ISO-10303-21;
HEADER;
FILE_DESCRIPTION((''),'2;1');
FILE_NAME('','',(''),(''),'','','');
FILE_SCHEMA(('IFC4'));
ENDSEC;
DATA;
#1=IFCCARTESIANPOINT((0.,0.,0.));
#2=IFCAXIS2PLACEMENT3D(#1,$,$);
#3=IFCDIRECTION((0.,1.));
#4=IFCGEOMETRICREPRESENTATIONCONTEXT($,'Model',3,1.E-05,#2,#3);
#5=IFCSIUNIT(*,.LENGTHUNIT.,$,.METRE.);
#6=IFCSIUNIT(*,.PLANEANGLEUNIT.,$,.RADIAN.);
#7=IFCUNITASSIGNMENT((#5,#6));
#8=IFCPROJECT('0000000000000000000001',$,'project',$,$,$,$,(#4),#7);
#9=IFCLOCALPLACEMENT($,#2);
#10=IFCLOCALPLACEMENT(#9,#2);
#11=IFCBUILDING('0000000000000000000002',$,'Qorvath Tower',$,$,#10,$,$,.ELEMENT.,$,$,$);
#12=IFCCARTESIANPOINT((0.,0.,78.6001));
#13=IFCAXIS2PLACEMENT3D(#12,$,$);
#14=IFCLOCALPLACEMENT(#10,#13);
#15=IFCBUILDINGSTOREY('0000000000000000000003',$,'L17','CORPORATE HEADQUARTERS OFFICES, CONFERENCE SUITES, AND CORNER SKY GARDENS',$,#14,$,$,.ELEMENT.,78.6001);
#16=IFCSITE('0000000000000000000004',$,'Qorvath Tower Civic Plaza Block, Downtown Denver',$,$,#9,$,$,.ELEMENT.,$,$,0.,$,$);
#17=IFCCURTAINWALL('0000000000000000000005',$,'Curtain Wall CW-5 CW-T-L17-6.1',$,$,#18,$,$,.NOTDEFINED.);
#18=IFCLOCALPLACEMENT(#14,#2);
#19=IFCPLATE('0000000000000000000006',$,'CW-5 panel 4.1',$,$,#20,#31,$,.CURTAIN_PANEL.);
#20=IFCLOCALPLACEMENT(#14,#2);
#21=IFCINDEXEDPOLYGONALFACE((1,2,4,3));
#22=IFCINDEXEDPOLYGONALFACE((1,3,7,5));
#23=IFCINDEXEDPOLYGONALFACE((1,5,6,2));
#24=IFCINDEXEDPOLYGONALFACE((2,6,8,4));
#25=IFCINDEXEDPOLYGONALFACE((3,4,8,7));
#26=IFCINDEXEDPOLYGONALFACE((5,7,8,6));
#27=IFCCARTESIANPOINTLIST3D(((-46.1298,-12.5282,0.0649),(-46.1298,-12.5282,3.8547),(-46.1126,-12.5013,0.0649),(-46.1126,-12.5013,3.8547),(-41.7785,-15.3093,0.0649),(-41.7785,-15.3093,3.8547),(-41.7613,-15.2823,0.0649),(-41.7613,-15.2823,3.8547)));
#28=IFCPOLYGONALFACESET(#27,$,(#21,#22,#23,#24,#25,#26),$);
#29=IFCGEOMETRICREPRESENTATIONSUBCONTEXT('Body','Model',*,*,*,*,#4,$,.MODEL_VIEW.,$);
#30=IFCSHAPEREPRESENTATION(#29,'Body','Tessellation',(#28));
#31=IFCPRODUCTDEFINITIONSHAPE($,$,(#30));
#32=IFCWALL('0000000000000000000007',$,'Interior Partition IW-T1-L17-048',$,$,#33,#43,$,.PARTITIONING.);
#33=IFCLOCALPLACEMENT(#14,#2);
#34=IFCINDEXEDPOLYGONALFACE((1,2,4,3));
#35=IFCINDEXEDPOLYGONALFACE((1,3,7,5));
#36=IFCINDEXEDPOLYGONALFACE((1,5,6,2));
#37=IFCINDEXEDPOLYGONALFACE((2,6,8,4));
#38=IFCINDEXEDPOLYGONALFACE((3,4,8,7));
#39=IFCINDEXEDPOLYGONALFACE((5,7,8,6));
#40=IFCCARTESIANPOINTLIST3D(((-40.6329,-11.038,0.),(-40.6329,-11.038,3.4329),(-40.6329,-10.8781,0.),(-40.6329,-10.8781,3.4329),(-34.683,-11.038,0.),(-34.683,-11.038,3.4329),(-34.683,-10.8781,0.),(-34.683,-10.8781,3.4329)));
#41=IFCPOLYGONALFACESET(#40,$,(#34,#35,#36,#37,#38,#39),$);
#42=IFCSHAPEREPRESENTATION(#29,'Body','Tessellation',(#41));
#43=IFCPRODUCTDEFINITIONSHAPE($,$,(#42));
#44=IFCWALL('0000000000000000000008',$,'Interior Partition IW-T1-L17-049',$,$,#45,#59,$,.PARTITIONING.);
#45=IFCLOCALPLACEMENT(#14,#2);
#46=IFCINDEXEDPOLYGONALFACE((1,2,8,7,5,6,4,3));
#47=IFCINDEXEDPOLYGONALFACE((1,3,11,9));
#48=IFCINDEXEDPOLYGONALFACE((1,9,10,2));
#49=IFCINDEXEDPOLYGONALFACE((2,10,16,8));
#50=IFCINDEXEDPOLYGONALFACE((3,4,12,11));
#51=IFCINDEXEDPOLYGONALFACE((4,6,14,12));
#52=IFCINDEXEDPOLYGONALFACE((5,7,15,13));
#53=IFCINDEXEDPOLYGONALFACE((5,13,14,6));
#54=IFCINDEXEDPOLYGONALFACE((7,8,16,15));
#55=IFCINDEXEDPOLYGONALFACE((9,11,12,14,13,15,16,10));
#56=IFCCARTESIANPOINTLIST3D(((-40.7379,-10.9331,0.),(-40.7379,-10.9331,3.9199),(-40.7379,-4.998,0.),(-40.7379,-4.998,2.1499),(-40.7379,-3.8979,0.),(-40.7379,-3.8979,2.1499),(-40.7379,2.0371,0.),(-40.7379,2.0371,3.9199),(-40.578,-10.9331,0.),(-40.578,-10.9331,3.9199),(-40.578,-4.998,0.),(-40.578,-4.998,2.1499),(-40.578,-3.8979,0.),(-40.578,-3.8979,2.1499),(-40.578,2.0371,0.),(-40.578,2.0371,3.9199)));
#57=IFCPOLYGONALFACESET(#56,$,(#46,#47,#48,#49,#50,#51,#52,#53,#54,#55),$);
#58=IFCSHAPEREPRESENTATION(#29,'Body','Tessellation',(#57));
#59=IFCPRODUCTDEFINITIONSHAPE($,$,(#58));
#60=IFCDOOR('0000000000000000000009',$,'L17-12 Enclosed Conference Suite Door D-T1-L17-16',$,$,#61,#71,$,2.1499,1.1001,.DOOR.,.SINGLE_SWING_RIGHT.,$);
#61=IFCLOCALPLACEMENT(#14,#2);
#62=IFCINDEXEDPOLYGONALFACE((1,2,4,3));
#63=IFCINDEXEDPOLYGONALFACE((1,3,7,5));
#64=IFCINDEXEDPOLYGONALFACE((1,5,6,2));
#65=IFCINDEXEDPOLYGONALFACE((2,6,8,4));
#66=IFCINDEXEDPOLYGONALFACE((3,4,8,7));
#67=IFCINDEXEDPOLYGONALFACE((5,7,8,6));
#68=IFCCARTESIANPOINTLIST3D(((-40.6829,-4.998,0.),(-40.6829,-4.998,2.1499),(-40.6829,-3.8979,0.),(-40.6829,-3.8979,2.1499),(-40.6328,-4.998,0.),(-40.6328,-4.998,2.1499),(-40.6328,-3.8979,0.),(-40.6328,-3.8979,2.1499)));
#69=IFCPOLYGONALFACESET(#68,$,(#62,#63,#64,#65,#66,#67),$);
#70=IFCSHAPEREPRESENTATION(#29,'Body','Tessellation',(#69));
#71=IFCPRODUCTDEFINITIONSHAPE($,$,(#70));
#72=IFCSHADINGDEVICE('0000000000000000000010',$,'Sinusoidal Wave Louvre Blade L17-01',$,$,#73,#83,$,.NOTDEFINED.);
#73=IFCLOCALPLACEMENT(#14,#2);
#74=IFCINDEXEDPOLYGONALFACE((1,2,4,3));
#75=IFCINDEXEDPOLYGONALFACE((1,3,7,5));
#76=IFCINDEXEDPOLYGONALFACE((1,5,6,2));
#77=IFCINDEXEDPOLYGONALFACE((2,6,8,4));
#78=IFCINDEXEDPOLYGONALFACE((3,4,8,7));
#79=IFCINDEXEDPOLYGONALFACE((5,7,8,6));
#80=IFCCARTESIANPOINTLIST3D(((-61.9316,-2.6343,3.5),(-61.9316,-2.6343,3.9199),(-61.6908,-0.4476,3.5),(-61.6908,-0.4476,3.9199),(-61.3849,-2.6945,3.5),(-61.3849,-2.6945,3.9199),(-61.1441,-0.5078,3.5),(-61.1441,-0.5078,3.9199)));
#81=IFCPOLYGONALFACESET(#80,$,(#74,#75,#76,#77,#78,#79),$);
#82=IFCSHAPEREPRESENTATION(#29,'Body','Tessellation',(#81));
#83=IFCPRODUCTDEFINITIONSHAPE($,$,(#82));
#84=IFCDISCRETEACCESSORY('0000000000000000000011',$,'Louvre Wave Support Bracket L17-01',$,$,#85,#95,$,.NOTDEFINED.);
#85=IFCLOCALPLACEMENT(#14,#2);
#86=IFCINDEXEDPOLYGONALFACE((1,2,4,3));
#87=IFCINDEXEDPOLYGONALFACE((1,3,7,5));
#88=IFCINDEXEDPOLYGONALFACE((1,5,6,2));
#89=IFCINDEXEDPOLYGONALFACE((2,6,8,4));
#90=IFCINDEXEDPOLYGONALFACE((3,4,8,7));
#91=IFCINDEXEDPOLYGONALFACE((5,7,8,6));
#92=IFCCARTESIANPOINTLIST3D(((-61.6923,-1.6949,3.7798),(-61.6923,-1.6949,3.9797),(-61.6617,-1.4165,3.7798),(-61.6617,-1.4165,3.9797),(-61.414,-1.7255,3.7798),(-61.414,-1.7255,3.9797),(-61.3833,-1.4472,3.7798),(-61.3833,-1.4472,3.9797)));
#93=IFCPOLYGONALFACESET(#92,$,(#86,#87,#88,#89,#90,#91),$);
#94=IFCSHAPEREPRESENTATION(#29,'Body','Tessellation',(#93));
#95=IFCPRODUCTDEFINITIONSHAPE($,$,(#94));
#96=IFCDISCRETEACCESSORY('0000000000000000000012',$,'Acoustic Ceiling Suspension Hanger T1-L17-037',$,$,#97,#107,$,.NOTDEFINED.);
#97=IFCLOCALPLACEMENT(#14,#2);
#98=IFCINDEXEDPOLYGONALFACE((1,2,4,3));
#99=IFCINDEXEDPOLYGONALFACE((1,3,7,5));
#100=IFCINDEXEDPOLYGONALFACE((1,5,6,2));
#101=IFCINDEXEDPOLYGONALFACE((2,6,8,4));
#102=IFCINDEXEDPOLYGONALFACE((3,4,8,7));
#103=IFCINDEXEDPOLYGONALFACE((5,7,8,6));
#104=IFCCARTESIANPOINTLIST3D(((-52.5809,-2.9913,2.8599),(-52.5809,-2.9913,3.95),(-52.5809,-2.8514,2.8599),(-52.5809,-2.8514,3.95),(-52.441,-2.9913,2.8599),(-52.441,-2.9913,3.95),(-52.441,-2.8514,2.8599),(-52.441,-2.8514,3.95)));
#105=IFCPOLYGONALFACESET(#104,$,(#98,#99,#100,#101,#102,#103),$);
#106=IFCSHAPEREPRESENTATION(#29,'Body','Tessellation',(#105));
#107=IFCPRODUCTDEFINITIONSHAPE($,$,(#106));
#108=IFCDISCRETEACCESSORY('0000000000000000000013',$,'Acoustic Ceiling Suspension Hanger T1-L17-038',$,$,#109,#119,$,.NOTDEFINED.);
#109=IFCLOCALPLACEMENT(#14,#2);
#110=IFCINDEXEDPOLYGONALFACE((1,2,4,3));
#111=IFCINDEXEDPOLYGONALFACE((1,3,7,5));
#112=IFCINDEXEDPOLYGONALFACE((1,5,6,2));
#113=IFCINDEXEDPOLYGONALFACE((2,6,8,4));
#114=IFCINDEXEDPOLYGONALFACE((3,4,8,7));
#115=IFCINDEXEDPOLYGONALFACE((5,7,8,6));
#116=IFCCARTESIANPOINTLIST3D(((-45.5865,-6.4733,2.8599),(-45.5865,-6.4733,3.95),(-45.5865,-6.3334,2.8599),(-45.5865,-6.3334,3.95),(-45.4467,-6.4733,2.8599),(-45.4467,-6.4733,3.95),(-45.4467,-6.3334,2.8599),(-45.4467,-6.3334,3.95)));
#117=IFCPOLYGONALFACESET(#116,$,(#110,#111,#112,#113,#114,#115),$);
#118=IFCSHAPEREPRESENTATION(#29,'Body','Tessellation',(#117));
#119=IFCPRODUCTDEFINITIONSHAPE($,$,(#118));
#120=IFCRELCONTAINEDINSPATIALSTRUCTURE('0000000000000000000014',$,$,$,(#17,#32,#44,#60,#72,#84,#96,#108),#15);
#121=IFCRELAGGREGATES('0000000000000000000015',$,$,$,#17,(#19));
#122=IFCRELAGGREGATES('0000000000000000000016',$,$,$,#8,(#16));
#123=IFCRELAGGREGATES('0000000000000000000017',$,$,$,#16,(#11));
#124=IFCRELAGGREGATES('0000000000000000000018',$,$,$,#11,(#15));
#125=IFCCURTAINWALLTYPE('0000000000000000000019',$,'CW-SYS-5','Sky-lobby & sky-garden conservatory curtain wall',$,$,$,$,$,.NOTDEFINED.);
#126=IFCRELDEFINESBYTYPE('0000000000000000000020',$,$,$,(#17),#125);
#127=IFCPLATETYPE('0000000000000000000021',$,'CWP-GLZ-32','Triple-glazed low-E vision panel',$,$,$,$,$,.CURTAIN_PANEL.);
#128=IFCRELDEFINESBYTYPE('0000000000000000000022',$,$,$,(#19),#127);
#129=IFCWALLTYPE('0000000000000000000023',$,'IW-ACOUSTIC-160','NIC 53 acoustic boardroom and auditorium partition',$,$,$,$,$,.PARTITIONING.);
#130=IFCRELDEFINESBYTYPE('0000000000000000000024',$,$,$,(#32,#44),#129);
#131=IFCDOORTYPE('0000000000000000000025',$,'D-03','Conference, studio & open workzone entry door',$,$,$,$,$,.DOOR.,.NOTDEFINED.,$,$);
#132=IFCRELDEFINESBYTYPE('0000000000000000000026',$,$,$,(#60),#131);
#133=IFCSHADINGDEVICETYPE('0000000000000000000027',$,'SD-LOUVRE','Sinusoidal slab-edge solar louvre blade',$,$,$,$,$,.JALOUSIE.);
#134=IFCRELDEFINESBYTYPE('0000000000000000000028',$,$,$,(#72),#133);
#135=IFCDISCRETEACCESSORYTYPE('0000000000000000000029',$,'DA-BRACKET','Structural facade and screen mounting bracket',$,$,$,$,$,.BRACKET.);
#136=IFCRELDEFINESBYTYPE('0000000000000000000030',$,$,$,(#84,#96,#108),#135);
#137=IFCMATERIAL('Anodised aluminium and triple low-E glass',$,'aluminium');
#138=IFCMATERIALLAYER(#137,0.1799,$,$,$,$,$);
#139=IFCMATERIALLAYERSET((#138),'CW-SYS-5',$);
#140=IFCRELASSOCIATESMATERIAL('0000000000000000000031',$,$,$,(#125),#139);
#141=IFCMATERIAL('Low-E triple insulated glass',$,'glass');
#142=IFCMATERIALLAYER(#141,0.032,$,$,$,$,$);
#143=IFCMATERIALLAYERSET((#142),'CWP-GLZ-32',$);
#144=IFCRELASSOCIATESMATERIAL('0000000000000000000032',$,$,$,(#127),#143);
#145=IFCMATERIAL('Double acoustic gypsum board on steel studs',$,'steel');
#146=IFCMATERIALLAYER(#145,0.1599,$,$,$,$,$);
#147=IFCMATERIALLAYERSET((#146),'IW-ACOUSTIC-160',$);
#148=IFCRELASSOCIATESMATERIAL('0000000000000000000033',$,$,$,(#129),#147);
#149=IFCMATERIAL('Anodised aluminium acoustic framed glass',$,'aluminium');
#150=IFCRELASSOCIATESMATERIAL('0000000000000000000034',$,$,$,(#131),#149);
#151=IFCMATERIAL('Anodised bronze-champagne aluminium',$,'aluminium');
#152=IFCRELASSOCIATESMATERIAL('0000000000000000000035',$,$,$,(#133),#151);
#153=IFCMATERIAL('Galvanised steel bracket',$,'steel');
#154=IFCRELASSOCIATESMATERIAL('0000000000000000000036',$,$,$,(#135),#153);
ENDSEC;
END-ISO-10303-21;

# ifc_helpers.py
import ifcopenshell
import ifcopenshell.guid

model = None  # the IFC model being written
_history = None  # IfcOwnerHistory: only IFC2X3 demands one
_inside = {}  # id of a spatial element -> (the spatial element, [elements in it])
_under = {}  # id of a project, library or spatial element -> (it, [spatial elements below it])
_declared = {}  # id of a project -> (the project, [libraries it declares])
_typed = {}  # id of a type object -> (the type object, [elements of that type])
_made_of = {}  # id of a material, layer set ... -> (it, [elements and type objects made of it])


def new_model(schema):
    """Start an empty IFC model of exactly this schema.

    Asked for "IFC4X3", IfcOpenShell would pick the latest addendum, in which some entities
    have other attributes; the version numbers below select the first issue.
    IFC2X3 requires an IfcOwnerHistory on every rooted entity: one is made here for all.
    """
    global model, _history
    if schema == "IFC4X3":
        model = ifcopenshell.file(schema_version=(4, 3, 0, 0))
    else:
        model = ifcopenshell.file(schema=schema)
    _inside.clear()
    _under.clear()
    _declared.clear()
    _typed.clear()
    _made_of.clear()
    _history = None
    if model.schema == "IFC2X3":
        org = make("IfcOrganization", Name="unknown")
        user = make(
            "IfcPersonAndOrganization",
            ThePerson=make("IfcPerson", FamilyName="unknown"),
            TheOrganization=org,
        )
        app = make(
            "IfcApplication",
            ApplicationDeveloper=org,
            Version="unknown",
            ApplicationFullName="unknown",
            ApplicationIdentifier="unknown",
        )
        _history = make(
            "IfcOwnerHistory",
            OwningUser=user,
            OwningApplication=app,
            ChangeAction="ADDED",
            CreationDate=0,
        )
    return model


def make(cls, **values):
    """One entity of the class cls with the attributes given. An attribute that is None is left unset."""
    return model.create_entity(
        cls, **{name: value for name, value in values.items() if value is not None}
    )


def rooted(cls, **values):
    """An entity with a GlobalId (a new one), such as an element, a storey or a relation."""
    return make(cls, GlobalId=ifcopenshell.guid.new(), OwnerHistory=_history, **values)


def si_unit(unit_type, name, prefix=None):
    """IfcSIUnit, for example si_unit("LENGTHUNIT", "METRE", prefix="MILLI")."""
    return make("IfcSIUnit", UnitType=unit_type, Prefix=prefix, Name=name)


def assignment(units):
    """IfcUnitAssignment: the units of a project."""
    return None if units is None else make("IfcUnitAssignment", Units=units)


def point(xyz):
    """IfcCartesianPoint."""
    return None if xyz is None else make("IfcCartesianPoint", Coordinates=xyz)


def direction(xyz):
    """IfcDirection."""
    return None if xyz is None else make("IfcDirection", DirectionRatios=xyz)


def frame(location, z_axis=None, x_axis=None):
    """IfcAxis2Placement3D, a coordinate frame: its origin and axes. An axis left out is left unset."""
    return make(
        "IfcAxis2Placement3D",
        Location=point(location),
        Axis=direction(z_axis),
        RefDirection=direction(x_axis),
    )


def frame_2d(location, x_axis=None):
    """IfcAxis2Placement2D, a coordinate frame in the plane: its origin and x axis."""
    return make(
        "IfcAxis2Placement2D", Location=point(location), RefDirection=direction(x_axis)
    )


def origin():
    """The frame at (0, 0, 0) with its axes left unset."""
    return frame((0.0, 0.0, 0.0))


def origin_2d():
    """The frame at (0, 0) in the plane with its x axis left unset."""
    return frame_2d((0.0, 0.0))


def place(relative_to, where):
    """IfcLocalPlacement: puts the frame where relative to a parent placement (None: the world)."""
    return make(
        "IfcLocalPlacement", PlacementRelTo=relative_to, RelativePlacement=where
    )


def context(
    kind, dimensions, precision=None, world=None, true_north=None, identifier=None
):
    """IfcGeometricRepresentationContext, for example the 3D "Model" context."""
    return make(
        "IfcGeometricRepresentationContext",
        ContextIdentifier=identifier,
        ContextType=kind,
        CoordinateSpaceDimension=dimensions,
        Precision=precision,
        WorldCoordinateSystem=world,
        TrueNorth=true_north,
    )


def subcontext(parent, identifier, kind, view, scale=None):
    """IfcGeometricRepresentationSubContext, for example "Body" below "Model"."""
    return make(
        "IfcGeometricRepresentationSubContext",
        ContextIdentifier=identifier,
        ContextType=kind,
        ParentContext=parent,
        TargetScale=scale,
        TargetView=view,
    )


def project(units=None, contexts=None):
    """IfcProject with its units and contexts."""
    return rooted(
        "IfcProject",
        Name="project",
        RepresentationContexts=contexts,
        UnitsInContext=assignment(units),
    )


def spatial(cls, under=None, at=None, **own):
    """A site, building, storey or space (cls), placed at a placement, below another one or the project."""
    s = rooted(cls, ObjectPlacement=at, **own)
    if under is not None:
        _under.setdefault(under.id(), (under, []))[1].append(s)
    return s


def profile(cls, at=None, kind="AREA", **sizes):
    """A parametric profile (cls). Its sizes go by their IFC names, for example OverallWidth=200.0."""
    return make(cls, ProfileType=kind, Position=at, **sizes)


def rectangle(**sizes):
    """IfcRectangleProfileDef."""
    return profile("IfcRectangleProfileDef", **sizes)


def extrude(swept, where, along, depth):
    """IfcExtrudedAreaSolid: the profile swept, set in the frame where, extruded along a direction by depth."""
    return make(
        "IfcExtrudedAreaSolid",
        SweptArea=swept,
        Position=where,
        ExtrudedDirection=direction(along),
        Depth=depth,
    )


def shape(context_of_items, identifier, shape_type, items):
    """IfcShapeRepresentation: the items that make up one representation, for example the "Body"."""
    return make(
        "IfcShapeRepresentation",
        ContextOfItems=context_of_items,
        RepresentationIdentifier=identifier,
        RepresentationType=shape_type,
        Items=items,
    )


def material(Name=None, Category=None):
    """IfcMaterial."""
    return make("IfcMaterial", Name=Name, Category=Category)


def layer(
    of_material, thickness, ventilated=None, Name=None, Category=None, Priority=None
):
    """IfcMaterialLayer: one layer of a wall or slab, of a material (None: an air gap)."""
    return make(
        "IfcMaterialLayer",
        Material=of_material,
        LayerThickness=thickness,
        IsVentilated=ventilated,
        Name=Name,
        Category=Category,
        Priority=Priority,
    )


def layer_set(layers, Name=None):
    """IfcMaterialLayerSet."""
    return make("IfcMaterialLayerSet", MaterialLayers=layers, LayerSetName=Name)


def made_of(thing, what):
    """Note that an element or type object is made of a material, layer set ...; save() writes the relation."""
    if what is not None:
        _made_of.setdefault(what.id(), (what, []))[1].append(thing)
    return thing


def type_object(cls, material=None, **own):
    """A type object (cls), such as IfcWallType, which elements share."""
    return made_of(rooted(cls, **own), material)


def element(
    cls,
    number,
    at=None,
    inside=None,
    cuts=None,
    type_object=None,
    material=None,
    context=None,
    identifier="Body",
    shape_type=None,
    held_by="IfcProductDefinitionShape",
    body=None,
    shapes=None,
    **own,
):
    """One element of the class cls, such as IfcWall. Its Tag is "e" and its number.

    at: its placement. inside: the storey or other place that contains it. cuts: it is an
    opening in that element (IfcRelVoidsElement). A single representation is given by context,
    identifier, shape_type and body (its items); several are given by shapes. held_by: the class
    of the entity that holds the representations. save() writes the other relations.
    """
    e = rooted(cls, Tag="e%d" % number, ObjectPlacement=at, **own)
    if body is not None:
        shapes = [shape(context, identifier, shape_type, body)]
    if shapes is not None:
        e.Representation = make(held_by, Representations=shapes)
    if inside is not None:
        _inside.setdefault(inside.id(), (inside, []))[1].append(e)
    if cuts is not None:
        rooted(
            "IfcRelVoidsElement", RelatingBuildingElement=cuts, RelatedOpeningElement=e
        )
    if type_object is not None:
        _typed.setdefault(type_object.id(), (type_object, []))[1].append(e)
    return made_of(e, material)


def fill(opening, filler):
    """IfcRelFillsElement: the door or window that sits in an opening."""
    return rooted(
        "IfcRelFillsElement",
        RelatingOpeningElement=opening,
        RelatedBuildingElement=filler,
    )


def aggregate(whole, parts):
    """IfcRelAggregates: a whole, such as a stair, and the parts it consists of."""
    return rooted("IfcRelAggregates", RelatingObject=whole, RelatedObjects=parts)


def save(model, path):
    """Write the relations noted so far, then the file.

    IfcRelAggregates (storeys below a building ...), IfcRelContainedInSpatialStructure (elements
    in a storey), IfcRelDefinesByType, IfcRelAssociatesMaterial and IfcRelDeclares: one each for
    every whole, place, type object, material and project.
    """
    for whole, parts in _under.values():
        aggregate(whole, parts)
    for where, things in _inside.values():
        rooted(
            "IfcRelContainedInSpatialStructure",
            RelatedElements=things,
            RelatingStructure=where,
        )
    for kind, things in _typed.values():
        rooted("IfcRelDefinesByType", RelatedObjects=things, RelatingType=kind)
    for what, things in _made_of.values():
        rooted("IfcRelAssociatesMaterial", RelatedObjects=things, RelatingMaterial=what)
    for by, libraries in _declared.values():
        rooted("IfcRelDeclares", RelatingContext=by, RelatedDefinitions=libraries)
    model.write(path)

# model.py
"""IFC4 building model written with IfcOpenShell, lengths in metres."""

from ifc_helpers import new_model, si_unit, direction, frame, frame_2d, origin, origin_2d, place, context, subcontext, project, spatial, rectangle, extrude, material, layer, layer_set, type_object, element, fill, aggregate, save


model = new_model("IFC4")

# Units and contexts
model_context = context("Model", 3, precision=1e-05, world=origin(), true_north=direction((0.0, 1.0)))
body_context = subcontext(model_context, "Body", "Model", "MODEL_VIEW")
ifc_project = project(units=[si_unit("LENGTHUNIT", "METRE"), si_unit("PLANEANGLEUNIT", "RADIAN")], contexts=[model_context])

# Site, building, storey
site_placement = place(None, origin())
site = spatial("IfcSite", under=ifc_project, at=site_placement, Name="Qorvath Tower Civic Plaza Block, Downtown Denver", CompositionType="ELEMENT", RefElevation=0.0)
building_placement = place(site_placement, origin())
building = spatial("IfcBuilding", under=site, at=building_placement, Name="Qorvath Tower", CompositionType="ELEMENT")
storey_placement = place(building_placement, frame((0.0, 0.0, 78.6001)))
storey = spatial("IfcBuildingStorey", under=building, at=storey_placement, Name="L17", Description="CORPORATE HEADQUARTERS OFFICES, CONFERENCE SUITES, AND CORNER SKY GARDENS", CompositionType="ELEMENT", Elevation=78.6001)

# Shared definitions
ifc_material_1 = material(Name="Anodised aluminium and triple low-E glass", Category="aluminium")
ifc_layer_1 = layer(ifc_material_1, 0.1799)
ifc_layer_set_1 = layer_set([ifc_layer_1], Name="CW-SYS-5")
curtain_wall_type = type_object("IfcCurtainWallType", Name="CW-SYS-5", Description="Sky-lobby & sky-garden conservatory curtain wall", PredefinedType="NOTDEFINED", material=ifc_layer_set_1)

# Curtain wall
curtain_wall_1_placement = place(storey_placement, origin())
curtain_wall_1 = element("IfcCurtainWall", 1, at=curtain_wall_1_placement, inside=storey, type_object=curtain_wall_type, Name="Curtain Wall CW-5 CW-T-L17-6.1", PredefinedType="NOTDEFINED")

# Plate
ifc_material_2 = material(Name="Low-E triple insulated glass", Category="glass")
ifc_layer_2 = layer(ifc_material_2, 0.032)
ifc_layer_set_2 = layer_set([ifc_layer_2], Name="CWP-GLZ-32")
plate_type = type_object("IfcPlateType", Name="CWP-GLZ-32", Description="Triple-glazed low-E vision panel", PredefinedType="CURTAIN_PANEL", material=ifc_layer_set_2)
plate_1_placement = place(storey_placement, frame((-43.9456, -13.9053, 0.0649), z_axis=(0.0, 0.0, 1.0), x_axis=(0.842604, -0.538533, 0.0)))
plate_1 = element("IfcPlate", 2, at=plate_1_placement, type_object=plate_type, Name="CW-5 panel 4.1", PredefinedType="CURTAIN_PANEL", context=body_context, shape_type="SweptSolid", body=[
    extrude(rectangle(XDim=5.1641, YDim=0.032, at=origin_2d()), origin(), (0.0, 0.0, 1.0), 3.7898),
])
aggregate(curtain_wall_1, [plate_1])

# Wall
ifc_material_3 = material(Name="Double acoustic gypsum board on steel studs", Category="steel")
ifc_layer_3 = layer(ifc_material_3, 0.1599)
ifc_layer_set_3 = layer_set([ifc_layer_3], Name="IW-ACOUSTIC-160")
wall_type = type_object("IfcWallType", Name="IW-ACOUSTIC-160", Description="NIC 53 acoustic boardroom and auditorium partition", PredefinedType="PARTITIONING", material=ifc_layer_set_3)
wall_1_placement = place(storey_placement, frame((-40.6331, -10.958, 0.0), z_axis=(0.0, 0.0, 1.0), x_axis=(1.0, 0.0, 0.0)))
element("IfcWall", 3, at=wall_1_placement, inside=storey, type_object=wall_type, Name="Interior Partition IW-T1-L17-048", PredefinedType="PARTITIONING", context=body_context, shape_type="SweptSolid", body=[
    extrude(rectangle(XDim=5.95, YDim=0.1599, at=frame_2d((2.9751, 0.0))), origin(), (0.0, 0.0, 1.0), 3.4329),
])

# Wall, opening, door
wall_2_placement = place(storey_placement, frame((-40.658, -10.9331, 0.0), z_axis=(0.0, 0.0, 1.0), x_axis=(0.0, 1.0, 0.0)))
wall_2 = element("IfcWall", 4, at=wall_2_placement, inside=storey, type_object=wall_type, Name="Interior Partition IW-T1-L17-049", PredefinedType="PARTITIONING", context=body_context, shape_type="SweptSolid", body=[
    extrude(rectangle(XDim=12.9702, YDim=0.1599, at=frame_2d((6.4851, 0.0))), origin(), (0.0, 0.0, 1.0), 3.9199),
])
opening_placement = place(wall_2_placement, frame((5.9351, 0.0, 0.0)))
opening = element("IfcOpeningElement", 5, at=opening_placement, cuts=wall_2, PredefinedType="OPENING", context=body_context, shape_type="SweptSolid", body=[
    extrude(rectangle(XDim=1.1001, YDim=2.1499, at=frame_2d((0.55, 1.075))), frame((0.0, 0.0898, 0.0), z_axis=(0.0, -1.0, 0.0), x_axis=(1.0, 0.0, 0.0)), (0.0, 0.0, 1.0), 0.1799),
])
ifc_material_4 = material(Name="Anodised aluminium acoustic framed glass", Category="aluminium")
door_type = type_object("IfcDoorType", Name="D-03", Description="Conference, studio & open workzone entry door", OperationType="NOTDEFINED", PredefinedType="DOOR", material=ifc_material_4)
door_placement = place(opening_placement, origin())
door = element("IfcDoor", 6, at=door_placement, inside=storey, type_object=door_type, Name="L17-12 Enclosed Conference Suite Door D-T1-L17-16", OperationType="SINGLE_SWING_RIGHT", OverallHeight=2.1499, OverallWidth=1.1001, PredefinedType="DOOR", context=body_context, shape_type="SweptSolid", body=[
    extrude(rectangle(XDim=1.1001, YDim=2.1499, at=frame_2d((0.55, 1.075))), frame((0.0, 0.0249, 0.0), z_axis=(0.0, -1.0, 0.0), x_axis=(1.0, 0.0, 0.0)), (0.0, 0.0, 1.0), 0.05),
])
fill(opening, door)

# Shading device
ifc_material_5 = material(Name="Anodised bronze-champagne aluminium", Category="aluminium")
shading_device_type = type_object("IfcShadingDeviceType", Name="SD-LOUVRE", Description="Sinusoidal slab-edge solar louvre blade", PredefinedType="JALOUSIE", material=ifc_material_5)
shading_device_placement = place(storey_placement, frame((-61.5378, -1.571, 3.5), z_axis=(0.0, 0.0, 1.0), x_axis=(-0.109464, -0.993991, 0.0)))
element("IfcShadingDevice", 7, at=shading_device_placement, inside=storey, type_object=shading_device_type, Name="Sinusoidal Wave Louvre Blade L17-01", PredefinedType="NOTDEFINED", context=body_context, shape_type="SweptSolid", body=[
    extrude(rectangle(XDim=2.2, YDim=0.55, at=origin_2d()), origin(), (0.0, 0.0, 1.0), 0.4199),
])

# Discrete accessories
ifc_material_6 = material(Name="Galvanised steel bracket", Category="steel")
discrete_accessory_type = type_object("IfcDiscreteAccessoryType", Name="DA-BRACKET", Description="Structural facade and screen mounting bracket", PredefinedType="BRACKET", material=ifc_material_6)
discrete_accessory_placement = place(storey_placement, frame((-61.5378, -1.571, 3.7798), z_axis=(0.0, 0.0, 1.0), x_axis=(-0.109464, -0.993991, 0.0)))
element("IfcDiscreteAccessory", 8, at=discrete_accessory_placement, inside=storey, type_object=discrete_accessory_type, Name="Louvre Wave Support Bracket L17-01", PredefinedType="NOTDEFINED", context=body_context, shape_type="SweptSolid", body=[
    extrude(rectangle(XDim=0.28, YDim=0.28, at=origin_2d()), origin(), (0.0, 0.0, 1.0), 0.2),
])
for number, where, z_axis, x_axis, name in (
    (9, (-52.511, -2.9214, 2.8599), (0.0, 0.0, 1.0), (1.0, 0.0, 0.0), "Acoustic Ceiling Suspension Hanger T1-L17-037"),
    (10, (-45.5166, -6.4033, 2.8599), (0.0, 0.0, 1.0), (1.0, 0.0, 0.0), "Acoustic Ceiling Suspension Hanger T1-L17-038"),
):
    element("IfcDiscreteAccessory", number, at=place(storey_placement, frame(where, z_axis=z_axis, x_axis=x_axis)), inside=storey, type_object=discrete_accessory_type, Name=name, PredefinedType="NOTDEFINED", context=body_context, shape_type="SweptSolid", body=[
        extrude(rectangle(XDim=0.1399, YDim=0.1399, at=origin_2d()), origin(), (0.0, 0.0, 1.0), 1.0901),
    ])

save(model, "model.ifc")
